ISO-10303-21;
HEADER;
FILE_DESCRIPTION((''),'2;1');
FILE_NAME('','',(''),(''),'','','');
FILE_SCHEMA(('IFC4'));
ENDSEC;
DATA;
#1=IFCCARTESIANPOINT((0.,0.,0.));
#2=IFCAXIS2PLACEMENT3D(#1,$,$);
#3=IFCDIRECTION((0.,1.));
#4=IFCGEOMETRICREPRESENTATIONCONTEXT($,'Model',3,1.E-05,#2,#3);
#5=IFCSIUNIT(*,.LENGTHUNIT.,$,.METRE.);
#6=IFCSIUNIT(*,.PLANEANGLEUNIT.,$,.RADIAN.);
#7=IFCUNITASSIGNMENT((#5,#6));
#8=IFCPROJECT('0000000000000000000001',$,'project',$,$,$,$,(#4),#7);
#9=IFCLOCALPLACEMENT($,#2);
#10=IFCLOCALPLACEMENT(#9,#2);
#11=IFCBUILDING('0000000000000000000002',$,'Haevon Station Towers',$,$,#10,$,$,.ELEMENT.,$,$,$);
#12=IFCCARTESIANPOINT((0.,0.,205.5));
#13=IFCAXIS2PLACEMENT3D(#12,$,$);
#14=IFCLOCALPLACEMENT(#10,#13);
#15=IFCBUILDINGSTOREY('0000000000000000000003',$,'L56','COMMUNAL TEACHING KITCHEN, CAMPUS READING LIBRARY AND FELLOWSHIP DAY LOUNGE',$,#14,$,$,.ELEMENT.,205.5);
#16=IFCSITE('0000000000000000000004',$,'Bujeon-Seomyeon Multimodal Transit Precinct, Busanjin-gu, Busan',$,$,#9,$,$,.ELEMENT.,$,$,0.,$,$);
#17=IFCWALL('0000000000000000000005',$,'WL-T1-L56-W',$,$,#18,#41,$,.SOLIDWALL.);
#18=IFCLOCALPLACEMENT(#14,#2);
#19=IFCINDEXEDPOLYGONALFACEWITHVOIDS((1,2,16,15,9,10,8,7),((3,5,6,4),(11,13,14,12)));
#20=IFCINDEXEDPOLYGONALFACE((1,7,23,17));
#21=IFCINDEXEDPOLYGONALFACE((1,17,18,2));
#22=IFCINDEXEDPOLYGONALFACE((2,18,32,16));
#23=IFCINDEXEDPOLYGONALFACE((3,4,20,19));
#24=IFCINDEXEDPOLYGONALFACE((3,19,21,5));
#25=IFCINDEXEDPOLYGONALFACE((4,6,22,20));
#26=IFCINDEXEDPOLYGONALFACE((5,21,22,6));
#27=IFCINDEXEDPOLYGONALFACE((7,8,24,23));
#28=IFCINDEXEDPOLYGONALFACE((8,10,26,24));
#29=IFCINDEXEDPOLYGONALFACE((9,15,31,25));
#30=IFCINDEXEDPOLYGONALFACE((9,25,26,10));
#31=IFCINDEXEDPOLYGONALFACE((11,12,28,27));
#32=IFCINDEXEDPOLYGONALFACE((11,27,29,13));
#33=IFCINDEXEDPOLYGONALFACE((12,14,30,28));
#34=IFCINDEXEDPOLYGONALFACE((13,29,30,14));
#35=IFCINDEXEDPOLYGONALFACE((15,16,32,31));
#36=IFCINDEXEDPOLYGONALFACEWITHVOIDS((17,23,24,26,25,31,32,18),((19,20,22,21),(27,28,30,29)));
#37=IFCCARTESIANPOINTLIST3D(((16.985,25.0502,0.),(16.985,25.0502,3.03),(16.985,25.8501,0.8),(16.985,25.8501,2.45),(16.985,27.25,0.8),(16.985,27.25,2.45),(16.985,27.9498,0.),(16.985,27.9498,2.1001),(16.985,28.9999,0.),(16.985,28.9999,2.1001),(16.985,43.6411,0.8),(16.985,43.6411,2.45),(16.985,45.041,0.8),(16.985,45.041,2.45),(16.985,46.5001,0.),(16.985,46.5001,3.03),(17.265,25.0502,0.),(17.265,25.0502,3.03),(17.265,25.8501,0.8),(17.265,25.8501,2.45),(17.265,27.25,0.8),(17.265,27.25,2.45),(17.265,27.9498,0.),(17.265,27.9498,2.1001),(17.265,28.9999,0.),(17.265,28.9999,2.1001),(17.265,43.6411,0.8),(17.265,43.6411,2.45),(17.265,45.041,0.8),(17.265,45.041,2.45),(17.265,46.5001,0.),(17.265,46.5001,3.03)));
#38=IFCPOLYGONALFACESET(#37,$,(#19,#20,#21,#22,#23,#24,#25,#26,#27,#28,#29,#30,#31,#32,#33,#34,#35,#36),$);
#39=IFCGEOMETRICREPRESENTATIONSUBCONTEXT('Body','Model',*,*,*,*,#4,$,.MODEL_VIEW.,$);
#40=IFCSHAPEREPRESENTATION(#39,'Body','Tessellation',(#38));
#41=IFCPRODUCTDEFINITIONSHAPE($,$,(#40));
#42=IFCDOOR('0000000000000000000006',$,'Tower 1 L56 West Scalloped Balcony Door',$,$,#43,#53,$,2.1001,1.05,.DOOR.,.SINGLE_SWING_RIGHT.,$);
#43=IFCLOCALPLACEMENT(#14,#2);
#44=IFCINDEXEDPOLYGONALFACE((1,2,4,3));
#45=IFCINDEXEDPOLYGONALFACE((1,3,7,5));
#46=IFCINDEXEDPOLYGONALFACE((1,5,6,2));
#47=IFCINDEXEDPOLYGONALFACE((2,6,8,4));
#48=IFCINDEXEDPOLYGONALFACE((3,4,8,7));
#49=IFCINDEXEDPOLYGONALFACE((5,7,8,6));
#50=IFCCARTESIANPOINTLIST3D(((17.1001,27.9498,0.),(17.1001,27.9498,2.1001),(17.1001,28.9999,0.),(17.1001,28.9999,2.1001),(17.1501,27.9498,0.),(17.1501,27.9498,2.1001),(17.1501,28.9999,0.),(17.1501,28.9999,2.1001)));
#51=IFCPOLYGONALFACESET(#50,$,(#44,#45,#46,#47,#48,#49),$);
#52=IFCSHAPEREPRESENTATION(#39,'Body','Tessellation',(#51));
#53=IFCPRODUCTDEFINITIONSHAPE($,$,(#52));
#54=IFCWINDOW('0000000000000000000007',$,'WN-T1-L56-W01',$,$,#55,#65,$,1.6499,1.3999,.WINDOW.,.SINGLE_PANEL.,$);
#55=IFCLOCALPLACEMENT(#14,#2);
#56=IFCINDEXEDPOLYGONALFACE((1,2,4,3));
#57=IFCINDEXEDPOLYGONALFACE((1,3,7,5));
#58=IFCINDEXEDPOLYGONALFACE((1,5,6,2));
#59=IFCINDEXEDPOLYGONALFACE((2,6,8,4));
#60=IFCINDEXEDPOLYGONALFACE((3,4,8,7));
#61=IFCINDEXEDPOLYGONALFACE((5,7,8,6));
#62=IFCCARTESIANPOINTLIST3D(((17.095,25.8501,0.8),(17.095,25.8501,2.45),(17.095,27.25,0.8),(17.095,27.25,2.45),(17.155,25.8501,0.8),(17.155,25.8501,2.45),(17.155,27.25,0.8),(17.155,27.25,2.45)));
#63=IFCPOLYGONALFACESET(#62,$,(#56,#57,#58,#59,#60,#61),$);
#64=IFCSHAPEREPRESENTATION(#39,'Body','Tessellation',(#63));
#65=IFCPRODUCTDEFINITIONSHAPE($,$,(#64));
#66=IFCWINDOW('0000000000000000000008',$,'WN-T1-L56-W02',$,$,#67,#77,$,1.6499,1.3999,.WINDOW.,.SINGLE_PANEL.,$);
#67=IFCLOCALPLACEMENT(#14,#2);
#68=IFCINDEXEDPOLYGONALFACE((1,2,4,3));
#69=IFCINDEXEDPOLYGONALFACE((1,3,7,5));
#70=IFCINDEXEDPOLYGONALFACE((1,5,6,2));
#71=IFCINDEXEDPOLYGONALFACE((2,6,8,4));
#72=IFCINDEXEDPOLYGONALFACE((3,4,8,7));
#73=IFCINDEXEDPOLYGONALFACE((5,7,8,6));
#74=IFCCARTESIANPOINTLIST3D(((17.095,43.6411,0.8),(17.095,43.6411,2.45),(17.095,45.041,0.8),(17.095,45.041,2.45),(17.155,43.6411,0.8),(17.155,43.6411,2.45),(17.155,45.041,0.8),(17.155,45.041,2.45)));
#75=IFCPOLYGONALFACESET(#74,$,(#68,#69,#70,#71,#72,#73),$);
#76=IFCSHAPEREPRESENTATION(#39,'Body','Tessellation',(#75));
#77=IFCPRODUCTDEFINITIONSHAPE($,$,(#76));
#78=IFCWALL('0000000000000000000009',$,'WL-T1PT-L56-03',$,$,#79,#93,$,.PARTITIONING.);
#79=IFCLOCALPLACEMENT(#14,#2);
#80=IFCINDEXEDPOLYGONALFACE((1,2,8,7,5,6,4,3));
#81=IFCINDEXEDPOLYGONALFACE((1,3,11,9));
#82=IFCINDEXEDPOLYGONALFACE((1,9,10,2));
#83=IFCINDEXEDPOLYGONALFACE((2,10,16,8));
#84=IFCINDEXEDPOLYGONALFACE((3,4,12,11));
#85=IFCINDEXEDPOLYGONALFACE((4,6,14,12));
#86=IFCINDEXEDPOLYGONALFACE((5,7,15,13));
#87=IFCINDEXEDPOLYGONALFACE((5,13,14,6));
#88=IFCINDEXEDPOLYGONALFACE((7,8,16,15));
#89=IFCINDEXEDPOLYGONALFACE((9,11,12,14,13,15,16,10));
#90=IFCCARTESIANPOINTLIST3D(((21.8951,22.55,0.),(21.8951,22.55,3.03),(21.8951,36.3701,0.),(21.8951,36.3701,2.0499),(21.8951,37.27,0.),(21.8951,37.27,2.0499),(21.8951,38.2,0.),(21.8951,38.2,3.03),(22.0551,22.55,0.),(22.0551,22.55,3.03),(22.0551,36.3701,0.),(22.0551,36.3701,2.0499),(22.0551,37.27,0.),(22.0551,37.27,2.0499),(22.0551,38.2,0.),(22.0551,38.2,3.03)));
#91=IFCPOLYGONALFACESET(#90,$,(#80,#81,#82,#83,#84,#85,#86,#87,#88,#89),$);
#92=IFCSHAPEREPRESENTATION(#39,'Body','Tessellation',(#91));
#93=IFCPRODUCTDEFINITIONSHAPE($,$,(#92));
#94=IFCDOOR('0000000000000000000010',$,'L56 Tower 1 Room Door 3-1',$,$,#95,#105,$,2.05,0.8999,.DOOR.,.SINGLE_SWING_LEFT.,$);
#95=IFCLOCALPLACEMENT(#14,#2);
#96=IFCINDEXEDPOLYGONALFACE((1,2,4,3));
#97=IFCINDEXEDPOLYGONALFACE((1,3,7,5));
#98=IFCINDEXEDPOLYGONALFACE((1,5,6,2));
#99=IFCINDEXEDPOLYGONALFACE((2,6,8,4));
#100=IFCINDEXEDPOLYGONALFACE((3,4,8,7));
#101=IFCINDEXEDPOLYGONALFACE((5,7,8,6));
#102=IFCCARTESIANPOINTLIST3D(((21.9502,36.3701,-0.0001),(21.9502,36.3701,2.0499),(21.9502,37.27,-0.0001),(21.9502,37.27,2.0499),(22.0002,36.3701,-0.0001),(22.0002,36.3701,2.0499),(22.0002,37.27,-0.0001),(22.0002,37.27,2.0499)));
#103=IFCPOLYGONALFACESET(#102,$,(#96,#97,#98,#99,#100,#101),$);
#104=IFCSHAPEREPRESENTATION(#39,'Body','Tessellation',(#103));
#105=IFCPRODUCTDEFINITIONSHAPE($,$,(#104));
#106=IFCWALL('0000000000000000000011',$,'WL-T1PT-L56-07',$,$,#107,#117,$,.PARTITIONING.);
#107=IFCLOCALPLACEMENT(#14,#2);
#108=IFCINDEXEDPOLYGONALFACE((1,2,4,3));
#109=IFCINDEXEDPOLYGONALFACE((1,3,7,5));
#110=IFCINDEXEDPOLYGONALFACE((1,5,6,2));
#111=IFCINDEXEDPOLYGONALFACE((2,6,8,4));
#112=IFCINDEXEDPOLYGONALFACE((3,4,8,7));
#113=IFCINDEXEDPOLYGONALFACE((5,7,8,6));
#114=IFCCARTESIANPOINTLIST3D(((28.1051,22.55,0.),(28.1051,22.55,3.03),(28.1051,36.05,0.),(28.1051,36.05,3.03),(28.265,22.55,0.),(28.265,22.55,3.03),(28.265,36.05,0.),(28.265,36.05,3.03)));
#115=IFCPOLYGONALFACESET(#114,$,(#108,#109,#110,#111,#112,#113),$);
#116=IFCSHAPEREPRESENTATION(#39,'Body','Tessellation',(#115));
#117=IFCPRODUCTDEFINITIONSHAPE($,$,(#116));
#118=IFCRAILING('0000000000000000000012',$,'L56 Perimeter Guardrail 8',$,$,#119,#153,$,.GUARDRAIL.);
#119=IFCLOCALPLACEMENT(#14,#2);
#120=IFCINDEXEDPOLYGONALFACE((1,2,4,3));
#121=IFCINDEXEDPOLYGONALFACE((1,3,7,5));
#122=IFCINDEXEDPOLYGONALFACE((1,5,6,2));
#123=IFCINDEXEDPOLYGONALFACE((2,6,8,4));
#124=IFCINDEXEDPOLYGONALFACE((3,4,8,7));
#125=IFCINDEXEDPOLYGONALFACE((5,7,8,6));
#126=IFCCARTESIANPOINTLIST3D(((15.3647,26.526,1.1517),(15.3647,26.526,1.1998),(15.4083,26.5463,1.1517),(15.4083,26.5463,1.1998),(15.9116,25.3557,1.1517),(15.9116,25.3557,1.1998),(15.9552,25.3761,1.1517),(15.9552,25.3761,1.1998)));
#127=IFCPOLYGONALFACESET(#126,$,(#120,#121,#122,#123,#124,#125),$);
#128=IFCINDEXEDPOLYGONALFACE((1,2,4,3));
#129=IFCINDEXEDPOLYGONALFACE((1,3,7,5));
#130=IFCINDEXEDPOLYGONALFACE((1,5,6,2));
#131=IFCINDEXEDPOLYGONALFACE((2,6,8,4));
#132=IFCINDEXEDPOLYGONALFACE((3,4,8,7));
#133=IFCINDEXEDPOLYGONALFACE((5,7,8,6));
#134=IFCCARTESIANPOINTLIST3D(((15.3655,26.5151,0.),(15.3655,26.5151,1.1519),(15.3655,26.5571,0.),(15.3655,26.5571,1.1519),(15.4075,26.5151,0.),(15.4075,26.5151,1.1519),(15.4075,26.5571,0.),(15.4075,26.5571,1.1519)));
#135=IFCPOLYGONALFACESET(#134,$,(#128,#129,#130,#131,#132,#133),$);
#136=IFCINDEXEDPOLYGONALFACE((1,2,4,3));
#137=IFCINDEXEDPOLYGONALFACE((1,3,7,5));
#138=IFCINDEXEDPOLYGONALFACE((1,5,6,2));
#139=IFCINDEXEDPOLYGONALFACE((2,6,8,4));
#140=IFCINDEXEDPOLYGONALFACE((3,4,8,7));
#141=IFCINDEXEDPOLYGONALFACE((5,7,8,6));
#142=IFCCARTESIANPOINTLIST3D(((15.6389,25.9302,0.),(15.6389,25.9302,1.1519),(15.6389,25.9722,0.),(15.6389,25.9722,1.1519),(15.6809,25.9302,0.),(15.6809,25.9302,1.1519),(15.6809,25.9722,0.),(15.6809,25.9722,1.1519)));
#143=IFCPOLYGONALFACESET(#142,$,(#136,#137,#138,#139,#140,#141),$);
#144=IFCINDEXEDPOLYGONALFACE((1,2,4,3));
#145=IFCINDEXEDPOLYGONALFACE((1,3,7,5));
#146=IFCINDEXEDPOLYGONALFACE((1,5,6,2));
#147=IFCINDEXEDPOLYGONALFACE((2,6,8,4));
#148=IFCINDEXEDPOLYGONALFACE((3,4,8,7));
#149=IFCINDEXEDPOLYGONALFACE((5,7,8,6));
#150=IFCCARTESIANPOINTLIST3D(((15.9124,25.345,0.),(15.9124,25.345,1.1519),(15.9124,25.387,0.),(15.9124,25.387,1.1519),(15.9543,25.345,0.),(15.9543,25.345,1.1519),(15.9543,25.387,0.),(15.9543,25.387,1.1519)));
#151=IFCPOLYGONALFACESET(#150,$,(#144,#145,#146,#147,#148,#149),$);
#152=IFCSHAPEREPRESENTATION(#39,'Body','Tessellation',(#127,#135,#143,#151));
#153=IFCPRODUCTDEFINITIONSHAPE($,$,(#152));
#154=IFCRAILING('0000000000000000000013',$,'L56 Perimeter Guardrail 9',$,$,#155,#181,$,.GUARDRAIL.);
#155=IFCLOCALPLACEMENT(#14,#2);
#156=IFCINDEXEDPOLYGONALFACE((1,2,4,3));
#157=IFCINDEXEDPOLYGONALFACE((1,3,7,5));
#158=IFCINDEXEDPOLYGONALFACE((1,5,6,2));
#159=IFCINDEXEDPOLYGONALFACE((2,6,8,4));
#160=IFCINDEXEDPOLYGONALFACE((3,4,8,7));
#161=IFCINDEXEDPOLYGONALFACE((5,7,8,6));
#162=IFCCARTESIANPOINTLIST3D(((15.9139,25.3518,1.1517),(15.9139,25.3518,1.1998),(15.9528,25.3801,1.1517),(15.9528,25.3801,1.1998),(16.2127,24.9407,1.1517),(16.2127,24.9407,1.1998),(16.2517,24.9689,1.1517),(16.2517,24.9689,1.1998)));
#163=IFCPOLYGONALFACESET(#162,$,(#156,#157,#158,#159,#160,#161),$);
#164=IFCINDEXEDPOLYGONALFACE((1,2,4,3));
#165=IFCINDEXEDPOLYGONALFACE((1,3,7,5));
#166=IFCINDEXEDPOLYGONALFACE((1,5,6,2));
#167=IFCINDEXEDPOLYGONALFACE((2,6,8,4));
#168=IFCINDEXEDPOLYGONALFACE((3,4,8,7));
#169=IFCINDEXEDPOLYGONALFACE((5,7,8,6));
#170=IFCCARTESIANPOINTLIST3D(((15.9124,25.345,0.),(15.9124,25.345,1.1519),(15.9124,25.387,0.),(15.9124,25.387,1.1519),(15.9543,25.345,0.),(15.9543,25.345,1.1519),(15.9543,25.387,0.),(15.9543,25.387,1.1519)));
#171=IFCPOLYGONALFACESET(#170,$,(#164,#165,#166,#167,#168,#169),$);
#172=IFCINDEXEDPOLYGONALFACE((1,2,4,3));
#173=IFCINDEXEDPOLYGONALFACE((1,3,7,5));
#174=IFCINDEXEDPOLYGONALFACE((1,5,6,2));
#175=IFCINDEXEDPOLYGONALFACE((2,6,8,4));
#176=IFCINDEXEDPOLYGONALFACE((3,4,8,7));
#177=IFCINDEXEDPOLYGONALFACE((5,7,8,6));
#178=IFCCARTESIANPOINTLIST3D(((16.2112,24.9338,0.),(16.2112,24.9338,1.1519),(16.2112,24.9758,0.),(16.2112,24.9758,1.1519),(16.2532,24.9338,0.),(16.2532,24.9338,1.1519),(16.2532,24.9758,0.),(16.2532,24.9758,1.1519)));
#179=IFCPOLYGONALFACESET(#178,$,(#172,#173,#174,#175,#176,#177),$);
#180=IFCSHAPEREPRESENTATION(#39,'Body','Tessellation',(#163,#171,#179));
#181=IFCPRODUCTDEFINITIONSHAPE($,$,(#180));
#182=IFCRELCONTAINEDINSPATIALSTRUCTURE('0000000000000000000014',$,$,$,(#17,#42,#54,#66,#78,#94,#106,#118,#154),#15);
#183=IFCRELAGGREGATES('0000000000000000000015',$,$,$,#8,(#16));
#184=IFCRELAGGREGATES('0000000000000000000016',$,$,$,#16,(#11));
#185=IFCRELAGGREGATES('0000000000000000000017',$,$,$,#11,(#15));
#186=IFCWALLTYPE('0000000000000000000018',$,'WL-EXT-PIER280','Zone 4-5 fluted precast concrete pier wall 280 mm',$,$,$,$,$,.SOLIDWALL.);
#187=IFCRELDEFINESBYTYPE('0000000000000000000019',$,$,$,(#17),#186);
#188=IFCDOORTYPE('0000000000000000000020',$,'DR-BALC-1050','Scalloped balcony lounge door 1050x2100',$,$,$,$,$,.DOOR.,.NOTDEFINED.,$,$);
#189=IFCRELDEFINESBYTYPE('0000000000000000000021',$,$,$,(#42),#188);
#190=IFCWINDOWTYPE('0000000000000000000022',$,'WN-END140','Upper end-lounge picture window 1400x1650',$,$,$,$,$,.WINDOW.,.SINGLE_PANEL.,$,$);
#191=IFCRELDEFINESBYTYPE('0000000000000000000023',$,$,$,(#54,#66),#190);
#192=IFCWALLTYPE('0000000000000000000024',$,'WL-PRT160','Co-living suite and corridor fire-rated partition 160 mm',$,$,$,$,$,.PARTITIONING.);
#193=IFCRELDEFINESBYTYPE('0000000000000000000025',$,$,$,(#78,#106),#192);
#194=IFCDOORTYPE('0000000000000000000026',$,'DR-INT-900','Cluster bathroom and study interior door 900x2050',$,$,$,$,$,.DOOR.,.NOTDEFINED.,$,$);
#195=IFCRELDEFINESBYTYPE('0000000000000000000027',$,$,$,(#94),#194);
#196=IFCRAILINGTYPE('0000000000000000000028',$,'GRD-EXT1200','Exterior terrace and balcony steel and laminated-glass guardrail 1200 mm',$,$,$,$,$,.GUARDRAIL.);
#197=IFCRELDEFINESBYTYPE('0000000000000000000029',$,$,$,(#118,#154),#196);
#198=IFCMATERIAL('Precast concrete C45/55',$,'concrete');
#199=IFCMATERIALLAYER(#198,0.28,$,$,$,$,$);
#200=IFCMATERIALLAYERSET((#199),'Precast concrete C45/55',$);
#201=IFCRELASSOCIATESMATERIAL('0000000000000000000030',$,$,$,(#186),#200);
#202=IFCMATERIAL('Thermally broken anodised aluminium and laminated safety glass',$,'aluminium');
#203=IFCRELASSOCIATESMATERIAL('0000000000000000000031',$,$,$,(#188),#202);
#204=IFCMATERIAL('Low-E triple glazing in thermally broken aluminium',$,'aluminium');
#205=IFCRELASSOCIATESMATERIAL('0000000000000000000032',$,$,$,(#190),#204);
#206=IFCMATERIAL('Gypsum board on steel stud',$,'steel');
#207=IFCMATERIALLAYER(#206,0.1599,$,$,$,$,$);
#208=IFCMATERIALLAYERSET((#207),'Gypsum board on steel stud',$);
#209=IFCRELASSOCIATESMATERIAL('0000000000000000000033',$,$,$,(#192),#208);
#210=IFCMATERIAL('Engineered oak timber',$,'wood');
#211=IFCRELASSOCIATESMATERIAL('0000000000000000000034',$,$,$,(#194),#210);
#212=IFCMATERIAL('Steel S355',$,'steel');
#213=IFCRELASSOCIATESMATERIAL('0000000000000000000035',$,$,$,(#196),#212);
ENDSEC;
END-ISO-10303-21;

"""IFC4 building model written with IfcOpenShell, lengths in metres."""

from ifc_helpers import new_model, si_unit, direction, frame, frame_2d, origin, origin_2d, place, context, subcontext, project, spatial, rectangle, extrude, material, layer, layer_set, type_object, element, fill, save


model = new_model("IFC4")

# Units and contexts
model_context = context("Model", 3, precision=1e-05, world=origin(), true_north=direction((0.0, 1.0)))
body_context = subcontext(model_context, "Body", "Model", "MODEL_VIEW")
ifc_project = project(units=[si_unit("LENGTHUNIT", "METRE"), si_unit("PLANEANGLEUNIT", "RADIAN")], contexts=[model_context])

# Site, building, storey
site_placement = place(None, origin())
site = spatial("IfcSite", under=ifc_project, at=site_placement, Name="Bujeon-Seomyeon Multimodal Transit Precinct, Busanjin-gu, Busan", CompositionType="ELEMENT", RefElevation=0.0)
building_placement = place(site_placement, origin())
building = spatial("IfcBuilding", under=site, at=building_placement, Name="Haevon Station Towers", CompositionType="ELEMENT")
storey_placement = place(building_placement, frame((0.0, 0.0, 205.5)))
storey = spatial("IfcBuildingStorey", under=building, at=storey_placement, Name="L56", Description="COMMUNAL TEACHING KITCHEN, CAMPUS READING LIBRARY AND FELLOWSHIP DAY LOUNGE", CompositionType="ELEMENT", Elevation=205.5)

# Shared definitions
ifc_material_1 = material(Name="Steel S355", Category="steel")

# Shared definitions
ifc_material_2 = material(Name="Precast concrete C45/55", Category="concrete")
ifc_layer_1 = layer(ifc_material_2, 0.28)
ifc_layer_set_1 = layer_set([ifc_layer_1], Name="Precast concrete C45/55")
wall_type_1 = type_object("IfcWallType", Name="WL-EXT-PIER280", Description="Zone 4-5 fluted precast concrete pier wall 280 mm", PredefinedType="SOLIDWALL", material=ifc_layer_set_1)

# Wall, openings, door, windows
wall_1_placement = place(storey_placement, frame((17.125, 25.05, 0.0), z_axis=(0.0, 0.0, 1.0), x_axis=(0.0, 1.0, 0.0)))
wall_1 = element("IfcWall", 1, at=wall_1_placement, inside=storey, type_object=wall_type_1, Name="WL-T1-L56-W", PredefinedType="SOLIDWALL", context=body_context, shape_type="SweptSolid", body=[
    extrude(rectangle(XDim=21.45, YDim=0.28, at=frame_2d((10.7251, 0.0))), origin(), (0.0, 0.0, 1.0), 3.03),
])
opening_1_placement = place(wall_1_placement, frame((2.8999, 0.0, 0.0)))
opening_1 = element("IfcOpeningElement", 2, at=opening_1_placement, cuts=wall_1, PredefinedType="OPENING", context=body_context, shape_type="SweptSolid", body=[
    extrude(rectangle(XDim=1.05, YDim=2.1001, at=frame_2d((0.5249, 1.05))), frame((0.0, 0.1499, 0.0), z_axis=(0.0, -1.0, 0.0), x_axis=(1.0, 0.0, 0.0)), (0.0, 0.0, 1.0), 0.3),
])
opening_2_placement = place(wall_1_placement, frame((0.8, 0.0, 0.8)))
opening_2 = element("IfcOpeningElement", 3, at=opening_2_placement, cuts=wall_1, PredefinedType="OPENING", context=body_context, shape_type="SweptSolid", body=[
    extrude(rectangle(XDim=1.3999, YDim=1.6499, at=frame_2d((0.7, 0.825))), frame((0.0, 0.1499, 0.0), z_axis=(0.0, -1.0, 0.0), x_axis=(1.0, 0.0, 0.0)), (0.0, 0.0, 1.0), 0.3),
])
opening_3_placement = place(wall_1_placement, frame((18.5911, 0.0, 0.8)))
opening_3 = element("IfcOpeningElement", 4, at=opening_3_placement, cuts=wall_1, PredefinedType="OPENING", context=body_context, shape_type="SweptSolid", body=[
    extrude(rectangle(XDim=1.3999, YDim=1.6499, at=frame_2d((0.7, 0.825))), frame((0.0, 0.1499, 0.0), z_axis=(0.0, -1.0, 0.0), x_axis=(1.0, 0.0, 0.0)), (0.0, 0.0, 1.0), 0.3),
])
ifc_material_3 = material(Name="Thermally broken anodised aluminium and laminated safety glass", Category="aluminium")
door_type_1 = type_object("IfcDoorType", Name="DR-BALC-1050", Description="Scalloped balcony lounge door 1050x2100", OperationType="NOTDEFINED", PredefinedType="DOOR", material=ifc_material_3)
door_1_placement = place(opening_1_placement, origin())
door_1 = element("IfcDoor", 5, at=door_1_placement, inside=storey, type_object=door_type_1, Name="Tower 1 L56 West Scalloped Balcony Door", OperationType="SINGLE_SWING_RIGHT", OverallHeight=2.1001, OverallWidth=1.05, PredefinedType="DOOR", context=body_context, shape_type="SweptSolid", body=[
    extrude(rectangle(XDim=1.05, YDim=2.1001, at=frame_2d((0.5249, 1.05))), frame((0.0, 0.0249, 0.0), z_axis=(0.0, -1.0, 0.0), x_axis=(1.0, 0.0, 0.0)), (0.0, 0.0, 1.0), 0.05),
])
fill(opening_1, door_1)
ifc_material_4 = material(Name="Low-E triple glazing in thermally broken aluminium", Category="aluminium")
window_type = type_object("IfcWindowType", Name="WN-END140", Description="Upper end-lounge picture window 1400x1650", PartitioningType="SINGLE_PANEL", PredefinedType="WINDOW", material=ifc_material_4)
window_1_placement = place(opening_2_placement, origin())
window_1 = element("IfcWindow", 6, at=window_1_placement, inside=storey, type_object=window_type, Name="WN-T1-L56-W01", OverallHeight=1.6499, OverallWidth=1.3999, PartitioningType="SINGLE_PANEL", PredefinedType="WINDOW", context=body_context, shape_type="SweptSolid", body=[
    extrude(rectangle(XDim=1.3999, YDim=1.6499, at=frame_2d((0.7, 0.825))), frame((0.0, 0.03, 0.0), z_axis=(0.0, -1.0, 0.0), x_axis=(1.0, 0.0, 0.0)), (0.0, 0.0, 1.0), 0.0601),
])
fill(opening_2, window_1)
window_2_placement = place(opening_3_placement, origin())
window_2 = element("IfcWindow", 7, at=window_2_placement, inside=storey, type_object=window_type, Name="WN-T1-L56-W02", OverallHeight=1.6499, OverallWidth=1.3999, PartitioningType="SINGLE_PANEL", PredefinedType="WINDOW", context=body_context, shape_type="SweptSolid", body=[
    extrude(rectangle(XDim=1.3999, YDim=1.6499, at=frame_2d((0.7, 0.825))), frame((0.0, 0.03, 0.0), z_axis=(0.0, -1.0, 0.0), x_axis=(1.0, 0.0, 0.0)), (0.0, 0.0, 1.0), 0.0601),
])
fill(opening_3, window_2)

# Wall, opening, door
ifc_material_5 = material(Name="Gypsum board on steel stud", Category="steel")
ifc_layer_2 = layer(ifc_material_5, 0.1599)
ifc_layer_set_2 = layer_set([ifc_layer_2], Name="Gypsum board on steel stud")
wall_type_2 = type_object("IfcWallType", Name="WL-PRT160", Description="Co-living suite and corridor fire-rated partition 160 mm", PredefinedType="PARTITIONING", material=ifc_layer_set_2)
wall_2_placement = place(storey_placement, frame((21.9751, 22.55, 0.0), z_axis=(0.0, 0.0, 1.0), x_axis=(0.0, 1.0, 0.0)))
wall_2 = element("IfcWall", 8, at=wall_2_placement, inside=storey, type_object=wall_type_2, Name="WL-T1PT-L56-03", PredefinedType="PARTITIONING", context=body_context, shape_type="SweptSolid", body=[
    extrude(rectangle(XDim=15.6499, YDim=0.1599, at=frame_2d((7.825, 0.0))), origin(), (0.0, 0.0, 1.0), 3.03),
])
opening_4_placement = place(wall_2_placement, frame((13.8201, 0.0, 0.0)))
opening_4 = element("IfcOpeningElement", 9, at=opening_4_placement, cuts=wall_2, PredefinedType="OPENING", context=body_context, shape_type="SweptSolid", body=[
    extrude(rectangle(XDim=0.8999, YDim=2.05, at=frame_2d((0.45, 1.0249))), frame((0.0, 0.0898, 0.0), z_axis=(0.0, -1.0, 0.0), x_axis=(1.0, 0.0, 0.0)), (0.0, 0.0, 1.0), 0.1799),
])
ifc_material_6 = material(Name="Engineered oak timber", Category="wood")
door_type_2 = type_object("IfcDoorType", Name="DR-INT-900", Description="Cluster bathroom and study interior door 900x2050", OperationType="NOTDEFINED", PredefinedType="DOOR", material=ifc_material_6)
door_2_placement = place(opening_4_placement, origin())
door_2 = element("IfcDoor", 10, at=door_2_placement, inside=storey, type_object=door_type_2, Name="L56 Tower 1 Room Door 3-1", OperationType="SINGLE_SWING_LEFT", OverallHeight=2.05, OverallWidth=0.8999, PredefinedType="DOOR", context=body_context, shape_type="SweptSolid", body=[
    extrude(rectangle(XDim=0.8999, YDim=2.05, at=frame_2d((0.45, 1.0249))), frame((0.0, 0.0249, 0.0), z_axis=(0.0, -1.0, 0.0), x_axis=(1.0, 0.0, 0.0)), (0.0, 0.0, 1.0), 0.05),
])
fill(opening_4, door_2)

# Wall
wall_3_placement = place(storey_placement, frame((28.1851, 22.55, 0.0), z_axis=(0.0, 0.0, 1.0), x_axis=(0.0, 1.0, 0.0)))
element("IfcWall", 11, at=wall_3_placement, inside=storey, type_object=wall_type_2, Name="WL-T1PT-L56-07", PredefinedType="PARTITIONING", context=body_context, shape_type="SweptSolid", body=[
    extrude(rectangle(XDim=13.5, YDim=0.1599, at=frame_2d((6.75, 0.0))), origin(), (0.0, 0.0, 1.0), 3.03),
])

# Railings
railing_type = type_object("IfcRailingType", Name="GRD-EXT1200", Description="Exterior terrace and balcony steel and laminated-glass guardrail 1200 mm", PredefinedType="GUARDRAIL", material=ifc_material_1)
railing_1_placement = place(storey_placement, frame((15.3865, 26.5361, 0.0)))
element("IfcRailing", 12, at=railing_1_placement, inside=storey, type_object=railing_type, Name="L56 Perimeter Guardrail 8", PredefinedType="GUARDRAIL", context=body_context, shape_type="SweptSolid", body=[
    extrude(rectangle(XDim=0.0481, YDim=0.0481, at=origin_2d()), frame((0.0, 0.0, 1.1758), z_axis=(0.423392, -0.905946, 0.0), x_axis=(0.905946, 0.423392, 0.0)), (0.0, 0.0, 1.0), 1.2917),
    extrude(rectangle(XDim=0.042, YDim=0.042, at=origin_2d()), origin(), (0.0, 0.0, 1.0), 1.1519),
    extrude(rectangle(XDim=0.042, YDim=0.042, at=origin_2d()), frame((0.2734, -0.585, 0.0)), (0.0, 0.0, 1.0), 1.1519),
    extrude(rectangle(XDim=0.042, YDim=0.042, at=origin_2d()), frame((0.5469, -1.1702, 0.0)), (0.0, 0.0, 1.0), 1.1519),
])
railing_2_placement = place(storey_placement, frame((15.9333, 25.366, 0.0)))
element("IfcRailing", 13, at=railing_2_placement, inside=storey, type_object=railing_type, Name="L56 Perimeter Guardrail 9", PredefinedType="GUARDRAIL", context=body_context, shape_type="SweptSolid", body=[
    extrude(rectangle(XDim=0.0481, YDim=0.0481, at=origin_2d()), frame((0.0, 0.0, 1.1758), z_axis=(0.587943, -0.808902, 0.0), x_axis=(0.808902, 0.587943, 0.0)), (0.0, 0.0, 1.0), 0.5083),
    extrude(rectangle(XDim=0.042, YDim=0.042, at=origin_2d()), origin(), (0.0, 0.0, 1.0), 1.1519),
    extrude(rectangle(XDim=0.042, YDim=0.042, at=origin_2d()), frame((0.2988, -0.4111, 0.0)), (0.0, 0.0, 1.0), 1.1519),
])

save(model, "model.ifc")
